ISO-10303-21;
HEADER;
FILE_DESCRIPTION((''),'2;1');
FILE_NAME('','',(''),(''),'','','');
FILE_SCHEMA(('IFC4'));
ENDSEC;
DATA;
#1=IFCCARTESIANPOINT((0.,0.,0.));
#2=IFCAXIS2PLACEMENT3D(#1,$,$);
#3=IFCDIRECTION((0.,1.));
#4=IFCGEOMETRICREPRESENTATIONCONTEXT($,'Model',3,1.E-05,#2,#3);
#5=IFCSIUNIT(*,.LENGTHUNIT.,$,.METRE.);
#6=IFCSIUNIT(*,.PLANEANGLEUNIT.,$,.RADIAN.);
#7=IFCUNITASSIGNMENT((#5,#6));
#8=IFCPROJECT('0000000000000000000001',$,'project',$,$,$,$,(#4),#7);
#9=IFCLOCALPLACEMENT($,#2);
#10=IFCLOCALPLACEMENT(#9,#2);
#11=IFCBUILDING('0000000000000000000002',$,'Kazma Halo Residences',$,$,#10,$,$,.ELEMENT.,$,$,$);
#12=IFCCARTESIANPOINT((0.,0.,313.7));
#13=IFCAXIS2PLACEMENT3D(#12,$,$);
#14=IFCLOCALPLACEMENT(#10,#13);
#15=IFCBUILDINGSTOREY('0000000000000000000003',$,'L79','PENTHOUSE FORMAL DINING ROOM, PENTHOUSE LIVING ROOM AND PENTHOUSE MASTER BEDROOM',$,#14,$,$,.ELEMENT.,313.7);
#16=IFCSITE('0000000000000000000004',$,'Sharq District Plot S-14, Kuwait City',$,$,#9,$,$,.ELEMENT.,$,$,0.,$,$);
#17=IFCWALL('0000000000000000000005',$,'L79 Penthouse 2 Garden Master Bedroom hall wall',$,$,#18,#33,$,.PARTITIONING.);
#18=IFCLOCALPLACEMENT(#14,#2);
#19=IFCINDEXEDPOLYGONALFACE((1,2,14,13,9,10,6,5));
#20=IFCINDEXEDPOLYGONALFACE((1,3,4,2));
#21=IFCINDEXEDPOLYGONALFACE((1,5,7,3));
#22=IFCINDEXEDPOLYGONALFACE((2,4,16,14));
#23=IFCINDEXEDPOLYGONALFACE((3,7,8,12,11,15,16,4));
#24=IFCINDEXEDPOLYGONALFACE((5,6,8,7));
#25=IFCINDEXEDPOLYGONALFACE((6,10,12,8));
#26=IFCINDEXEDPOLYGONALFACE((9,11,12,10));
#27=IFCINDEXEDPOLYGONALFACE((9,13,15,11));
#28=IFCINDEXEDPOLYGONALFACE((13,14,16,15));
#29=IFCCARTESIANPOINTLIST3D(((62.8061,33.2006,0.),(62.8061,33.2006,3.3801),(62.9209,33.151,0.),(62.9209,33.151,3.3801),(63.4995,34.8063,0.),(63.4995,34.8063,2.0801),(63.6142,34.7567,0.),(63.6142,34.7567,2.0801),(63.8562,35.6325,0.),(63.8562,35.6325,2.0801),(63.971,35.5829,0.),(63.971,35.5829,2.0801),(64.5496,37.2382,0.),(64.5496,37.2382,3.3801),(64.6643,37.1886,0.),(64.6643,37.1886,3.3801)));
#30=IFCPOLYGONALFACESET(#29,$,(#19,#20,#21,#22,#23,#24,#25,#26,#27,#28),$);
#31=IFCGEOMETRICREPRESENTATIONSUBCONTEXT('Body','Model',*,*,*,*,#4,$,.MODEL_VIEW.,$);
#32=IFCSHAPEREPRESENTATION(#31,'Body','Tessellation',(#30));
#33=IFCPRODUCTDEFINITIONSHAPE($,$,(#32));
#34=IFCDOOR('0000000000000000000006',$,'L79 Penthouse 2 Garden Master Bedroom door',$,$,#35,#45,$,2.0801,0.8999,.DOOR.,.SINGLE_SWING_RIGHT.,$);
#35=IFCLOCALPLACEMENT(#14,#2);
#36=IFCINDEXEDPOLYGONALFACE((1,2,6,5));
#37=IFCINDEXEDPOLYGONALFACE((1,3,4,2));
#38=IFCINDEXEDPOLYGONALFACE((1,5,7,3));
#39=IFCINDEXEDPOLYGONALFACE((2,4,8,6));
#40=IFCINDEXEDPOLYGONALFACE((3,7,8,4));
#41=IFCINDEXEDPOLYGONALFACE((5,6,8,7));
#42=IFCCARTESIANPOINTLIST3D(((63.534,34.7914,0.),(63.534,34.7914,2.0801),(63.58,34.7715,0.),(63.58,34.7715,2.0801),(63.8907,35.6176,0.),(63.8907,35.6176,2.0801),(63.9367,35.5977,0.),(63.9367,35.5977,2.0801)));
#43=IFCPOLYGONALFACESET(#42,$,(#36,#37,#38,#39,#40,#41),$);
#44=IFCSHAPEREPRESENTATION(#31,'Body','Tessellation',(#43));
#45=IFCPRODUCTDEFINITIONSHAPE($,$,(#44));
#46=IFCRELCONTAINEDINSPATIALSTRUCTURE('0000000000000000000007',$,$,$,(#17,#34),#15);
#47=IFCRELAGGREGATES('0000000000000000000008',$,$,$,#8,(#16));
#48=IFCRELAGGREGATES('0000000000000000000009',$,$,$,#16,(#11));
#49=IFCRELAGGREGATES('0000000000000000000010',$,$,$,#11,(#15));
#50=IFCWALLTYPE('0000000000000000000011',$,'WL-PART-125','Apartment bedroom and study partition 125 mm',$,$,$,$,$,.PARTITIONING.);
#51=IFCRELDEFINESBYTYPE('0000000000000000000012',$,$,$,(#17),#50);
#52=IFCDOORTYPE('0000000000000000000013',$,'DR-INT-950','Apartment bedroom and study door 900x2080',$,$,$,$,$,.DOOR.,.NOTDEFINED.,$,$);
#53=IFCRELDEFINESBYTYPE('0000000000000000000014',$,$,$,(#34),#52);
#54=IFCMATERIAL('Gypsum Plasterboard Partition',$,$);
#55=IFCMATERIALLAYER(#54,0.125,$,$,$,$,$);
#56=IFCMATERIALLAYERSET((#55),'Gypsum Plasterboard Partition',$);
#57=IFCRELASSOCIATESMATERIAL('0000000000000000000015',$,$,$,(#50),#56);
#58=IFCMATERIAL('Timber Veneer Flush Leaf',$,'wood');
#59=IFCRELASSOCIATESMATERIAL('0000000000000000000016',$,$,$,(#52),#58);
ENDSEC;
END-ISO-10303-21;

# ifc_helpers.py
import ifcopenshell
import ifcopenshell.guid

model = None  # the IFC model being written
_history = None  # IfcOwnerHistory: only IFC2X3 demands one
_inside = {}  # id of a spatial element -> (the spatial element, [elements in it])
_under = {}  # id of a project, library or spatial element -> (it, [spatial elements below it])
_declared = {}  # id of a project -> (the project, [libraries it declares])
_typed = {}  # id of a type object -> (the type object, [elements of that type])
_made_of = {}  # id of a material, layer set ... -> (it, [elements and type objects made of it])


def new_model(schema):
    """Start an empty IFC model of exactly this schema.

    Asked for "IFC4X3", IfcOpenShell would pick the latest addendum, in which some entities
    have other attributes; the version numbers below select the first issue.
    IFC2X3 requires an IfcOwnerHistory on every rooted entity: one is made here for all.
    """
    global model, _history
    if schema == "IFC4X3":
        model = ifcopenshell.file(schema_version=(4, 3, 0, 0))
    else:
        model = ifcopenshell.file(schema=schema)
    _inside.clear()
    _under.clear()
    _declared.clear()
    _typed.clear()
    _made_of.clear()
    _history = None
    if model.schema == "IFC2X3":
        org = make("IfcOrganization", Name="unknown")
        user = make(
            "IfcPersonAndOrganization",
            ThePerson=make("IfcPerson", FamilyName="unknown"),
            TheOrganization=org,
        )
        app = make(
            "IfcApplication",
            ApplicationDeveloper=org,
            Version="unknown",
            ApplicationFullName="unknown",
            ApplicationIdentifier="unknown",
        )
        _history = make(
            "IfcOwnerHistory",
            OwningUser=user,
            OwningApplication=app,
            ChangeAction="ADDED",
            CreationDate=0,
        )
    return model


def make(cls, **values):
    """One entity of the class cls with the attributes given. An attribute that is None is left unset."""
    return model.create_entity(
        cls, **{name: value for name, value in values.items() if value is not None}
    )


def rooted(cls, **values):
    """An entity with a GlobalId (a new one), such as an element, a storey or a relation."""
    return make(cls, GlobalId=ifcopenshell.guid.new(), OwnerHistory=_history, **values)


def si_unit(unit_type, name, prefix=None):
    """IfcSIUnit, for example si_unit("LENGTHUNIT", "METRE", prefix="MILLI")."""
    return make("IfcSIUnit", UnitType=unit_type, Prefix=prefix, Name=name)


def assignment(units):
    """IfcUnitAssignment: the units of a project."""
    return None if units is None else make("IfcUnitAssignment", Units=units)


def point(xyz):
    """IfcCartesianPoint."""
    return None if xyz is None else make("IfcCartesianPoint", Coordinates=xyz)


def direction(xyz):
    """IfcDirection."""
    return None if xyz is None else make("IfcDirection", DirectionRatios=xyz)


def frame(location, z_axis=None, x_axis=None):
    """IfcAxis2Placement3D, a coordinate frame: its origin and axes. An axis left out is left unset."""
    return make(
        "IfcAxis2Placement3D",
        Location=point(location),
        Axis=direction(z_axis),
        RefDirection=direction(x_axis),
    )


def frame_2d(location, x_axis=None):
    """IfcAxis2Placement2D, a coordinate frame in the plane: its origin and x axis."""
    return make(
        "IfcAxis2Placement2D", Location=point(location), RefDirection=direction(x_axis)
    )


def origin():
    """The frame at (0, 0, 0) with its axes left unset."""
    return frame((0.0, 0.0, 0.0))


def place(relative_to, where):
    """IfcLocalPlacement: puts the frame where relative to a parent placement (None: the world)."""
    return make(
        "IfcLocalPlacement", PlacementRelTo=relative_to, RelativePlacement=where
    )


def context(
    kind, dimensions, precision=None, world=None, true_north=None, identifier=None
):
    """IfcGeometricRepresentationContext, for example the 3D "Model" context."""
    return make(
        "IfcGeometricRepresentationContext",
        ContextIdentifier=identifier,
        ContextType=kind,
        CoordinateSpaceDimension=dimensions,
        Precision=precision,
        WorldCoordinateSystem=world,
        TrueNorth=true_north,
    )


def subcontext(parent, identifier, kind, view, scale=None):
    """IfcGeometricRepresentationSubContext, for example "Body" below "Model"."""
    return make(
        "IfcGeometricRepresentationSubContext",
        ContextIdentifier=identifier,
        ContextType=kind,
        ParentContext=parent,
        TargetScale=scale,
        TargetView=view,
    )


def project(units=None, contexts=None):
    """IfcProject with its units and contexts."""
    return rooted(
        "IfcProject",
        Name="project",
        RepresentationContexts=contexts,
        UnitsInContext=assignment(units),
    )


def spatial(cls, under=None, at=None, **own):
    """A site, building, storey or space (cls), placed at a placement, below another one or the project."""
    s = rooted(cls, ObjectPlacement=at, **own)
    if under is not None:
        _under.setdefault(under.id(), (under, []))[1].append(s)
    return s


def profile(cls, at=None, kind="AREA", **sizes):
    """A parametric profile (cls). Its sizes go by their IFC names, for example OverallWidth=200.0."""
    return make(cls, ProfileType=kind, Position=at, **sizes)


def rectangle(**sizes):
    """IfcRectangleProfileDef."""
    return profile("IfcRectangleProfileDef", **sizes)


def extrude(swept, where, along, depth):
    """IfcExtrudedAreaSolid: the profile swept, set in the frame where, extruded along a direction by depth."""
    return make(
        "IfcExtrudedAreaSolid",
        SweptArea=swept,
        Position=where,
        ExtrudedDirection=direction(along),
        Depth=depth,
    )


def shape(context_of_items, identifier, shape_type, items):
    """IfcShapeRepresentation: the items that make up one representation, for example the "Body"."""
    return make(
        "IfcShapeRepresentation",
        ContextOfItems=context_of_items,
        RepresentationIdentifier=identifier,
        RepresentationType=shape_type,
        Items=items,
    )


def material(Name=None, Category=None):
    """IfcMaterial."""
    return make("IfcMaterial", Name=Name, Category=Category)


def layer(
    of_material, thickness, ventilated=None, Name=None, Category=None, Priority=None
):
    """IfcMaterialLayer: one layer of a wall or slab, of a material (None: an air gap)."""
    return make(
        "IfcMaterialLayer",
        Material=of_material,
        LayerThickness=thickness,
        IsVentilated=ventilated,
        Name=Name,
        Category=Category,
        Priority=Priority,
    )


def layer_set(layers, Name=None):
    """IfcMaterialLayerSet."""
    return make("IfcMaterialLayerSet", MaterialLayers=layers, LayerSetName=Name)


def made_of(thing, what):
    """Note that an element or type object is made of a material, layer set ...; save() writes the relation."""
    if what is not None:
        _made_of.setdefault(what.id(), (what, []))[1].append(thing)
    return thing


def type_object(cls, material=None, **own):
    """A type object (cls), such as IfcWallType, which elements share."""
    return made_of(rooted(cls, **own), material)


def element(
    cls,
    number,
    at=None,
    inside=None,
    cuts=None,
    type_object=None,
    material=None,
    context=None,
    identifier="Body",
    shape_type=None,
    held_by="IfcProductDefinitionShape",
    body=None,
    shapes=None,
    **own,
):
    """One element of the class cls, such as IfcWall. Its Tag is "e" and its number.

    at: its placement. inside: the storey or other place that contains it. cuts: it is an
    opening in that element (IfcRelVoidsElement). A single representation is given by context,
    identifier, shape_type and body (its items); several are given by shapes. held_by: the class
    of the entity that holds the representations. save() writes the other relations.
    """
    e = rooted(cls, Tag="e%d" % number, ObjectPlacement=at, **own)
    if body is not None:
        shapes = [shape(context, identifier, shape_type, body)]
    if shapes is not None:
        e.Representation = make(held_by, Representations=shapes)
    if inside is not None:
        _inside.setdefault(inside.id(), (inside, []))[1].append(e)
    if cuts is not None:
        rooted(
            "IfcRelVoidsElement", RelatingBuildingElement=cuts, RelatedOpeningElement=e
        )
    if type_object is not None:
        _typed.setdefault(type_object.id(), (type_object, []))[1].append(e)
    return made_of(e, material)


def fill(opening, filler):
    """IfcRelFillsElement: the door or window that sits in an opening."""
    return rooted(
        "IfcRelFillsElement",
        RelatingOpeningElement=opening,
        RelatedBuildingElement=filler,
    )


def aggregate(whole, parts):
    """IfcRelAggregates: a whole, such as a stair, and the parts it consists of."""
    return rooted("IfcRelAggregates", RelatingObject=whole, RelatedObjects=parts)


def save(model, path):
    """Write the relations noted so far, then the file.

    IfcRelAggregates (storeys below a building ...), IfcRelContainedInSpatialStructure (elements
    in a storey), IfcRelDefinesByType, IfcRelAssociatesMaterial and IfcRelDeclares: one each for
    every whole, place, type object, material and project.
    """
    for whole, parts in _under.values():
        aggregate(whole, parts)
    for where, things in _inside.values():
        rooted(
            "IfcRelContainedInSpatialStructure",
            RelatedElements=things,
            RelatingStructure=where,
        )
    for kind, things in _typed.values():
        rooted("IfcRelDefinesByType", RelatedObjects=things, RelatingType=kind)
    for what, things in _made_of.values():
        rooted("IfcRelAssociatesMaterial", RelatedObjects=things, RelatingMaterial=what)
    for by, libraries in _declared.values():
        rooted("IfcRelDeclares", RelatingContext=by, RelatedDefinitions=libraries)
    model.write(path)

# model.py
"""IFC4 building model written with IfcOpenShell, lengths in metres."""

from ifc_helpers import new_model, si_unit, direction, frame, frame_2d, origin, place, context, subcontext, project, spatial, rectangle, extrude, material, layer, layer_set, type_object, element, fill, save


model = new_model("IFC4")

# Units and contexts
model_context = context("Model", 3, precision=1e-05, world=origin(), true_north=direction((0.0, 1.0)))
body_context = subcontext(model_context, "Body", "Model", "MODEL_VIEW")
ifc_project = project(units=[si_unit("LENGTHUNIT", "METRE"), si_unit("PLANEANGLEUNIT", "RADIAN")], contexts=[model_context])

# Site, building, storey
site_placement = place(None, origin())
site = spatial("IfcSite", under=ifc_project, at=site_placement, Name="Sharq District Plot S-14, Kuwait City", CompositionType="ELEMENT", RefElevation=0.0)
building_placement = place(site_placement, origin())
building = spatial("IfcBuilding", under=site, at=building_placement, Name="Kazma Halo Residences", CompositionType="ELEMENT")
storey_placement = place(building_placement, frame((0.0, 0.0, 313.7)))
storey = spatial("IfcBuildingStorey", under=building, at=storey_placement, Name="L79", Description="PENTHOUSE FORMAL DINING ROOM, PENTHOUSE LIVING ROOM AND PENTHOUSE MASTER BEDROOM", CompositionType="ELEMENT", Elevation=313.7)

# Shared definitions
ifc_material_1 = material(Name="Gypsum Plasterboard Partition")
ifc_layer_1 = layer(ifc_material_1, 0.125)
ifc_layer_set_1 = layer_set([ifc_layer_1], Name="Gypsum Plasterboard Partition")
wall_type_1 = type_object("IfcWallType", Name="WL-PART-125", Description="Apartment bedroom and study partition 125 mm", PredefinedType="PARTITIONING", material=ifc_layer_set_1)

# Wall, opening, door
wall_1_placement = place(storey_placement, frame((62.8635, 33.1758, 0.0), z_axis=(0.0, 0.0, 1.0), x_axis=(0.396417, 0.918071, 0.0)))
wall_1 = element("IfcWall", 1, at=wall_1_placement, inside=storey, type_object=wall_type_1, Name="L79 Penthouse 2 Garden Master Bedroom hall wall", PredefinedType="PARTITIONING", context=body_context, shape_type="SweptSolid", body=[
    extrude(rectangle(XDim=4.3979, YDim=0.125, at=frame_2d((2.199, 0.0))), origin(), (0.0, 0.0, 1.0), 3.3801),
])
opening_1_placement = place(wall_1_placement, frame((1.749, 0.0, 0.0)))
opening_1 = element("IfcOpeningElement", 2, at=opening_1_placement, cuts=wall_1, PredefinedType="OPENING", context=body_context, shape_type="SweptSolid", body=[
    extrude(rectangle(XDim=0.8999, YDim=2.0801, at=frame_2d((0.45, 1.04))), frame((0.0, 0.0725, 0.0), z_axis=(0.0, -1.0, 0.0), x_axis=(1.0, 0.0, 0.0)), (0.0, 0.0, 1.0), 0.145),
])
ifc_material_2 = material(Name="Timber Veneer Flush Leaf", Category="wood")
door_type_1 = type_object("IfcDoorType", Name="DR-INT-950", Description="Apartment bedroom and study door 900x2080", OperationType="NOTDEFINED", PredefinedType="DOOR", material=ifc_material_2)
door_1_placement = place(opening_1_placement, origin())
door_1 = element("IfcDoor", 3, at=door_1_placement, inside=storey, type_object=door_type_1, Name="L79 Penthouse 2 Garden Master Bedroom door", OperationType="SINGLE_SWING_RIGHT", OverallHeight=2.0801, OverallWidth=0.8999, PredefinedType="DOOR", context=body_context, shape_type="SweptSolid", body=[
    extrude(rectangle(XDim=0.8999, YDim=2.0801, at=frame_2d((0.45, 1.04))), frame((0.0, 0.0249, 0.0), z_axis=(0.0, -1.0, 0.0), x_axis=(1.0, 0.0, 0.0)), (0.0, 0.0, 1.0), 0.05),
])
fill(opening_1, door_1)

save(model, "model.ifc")
